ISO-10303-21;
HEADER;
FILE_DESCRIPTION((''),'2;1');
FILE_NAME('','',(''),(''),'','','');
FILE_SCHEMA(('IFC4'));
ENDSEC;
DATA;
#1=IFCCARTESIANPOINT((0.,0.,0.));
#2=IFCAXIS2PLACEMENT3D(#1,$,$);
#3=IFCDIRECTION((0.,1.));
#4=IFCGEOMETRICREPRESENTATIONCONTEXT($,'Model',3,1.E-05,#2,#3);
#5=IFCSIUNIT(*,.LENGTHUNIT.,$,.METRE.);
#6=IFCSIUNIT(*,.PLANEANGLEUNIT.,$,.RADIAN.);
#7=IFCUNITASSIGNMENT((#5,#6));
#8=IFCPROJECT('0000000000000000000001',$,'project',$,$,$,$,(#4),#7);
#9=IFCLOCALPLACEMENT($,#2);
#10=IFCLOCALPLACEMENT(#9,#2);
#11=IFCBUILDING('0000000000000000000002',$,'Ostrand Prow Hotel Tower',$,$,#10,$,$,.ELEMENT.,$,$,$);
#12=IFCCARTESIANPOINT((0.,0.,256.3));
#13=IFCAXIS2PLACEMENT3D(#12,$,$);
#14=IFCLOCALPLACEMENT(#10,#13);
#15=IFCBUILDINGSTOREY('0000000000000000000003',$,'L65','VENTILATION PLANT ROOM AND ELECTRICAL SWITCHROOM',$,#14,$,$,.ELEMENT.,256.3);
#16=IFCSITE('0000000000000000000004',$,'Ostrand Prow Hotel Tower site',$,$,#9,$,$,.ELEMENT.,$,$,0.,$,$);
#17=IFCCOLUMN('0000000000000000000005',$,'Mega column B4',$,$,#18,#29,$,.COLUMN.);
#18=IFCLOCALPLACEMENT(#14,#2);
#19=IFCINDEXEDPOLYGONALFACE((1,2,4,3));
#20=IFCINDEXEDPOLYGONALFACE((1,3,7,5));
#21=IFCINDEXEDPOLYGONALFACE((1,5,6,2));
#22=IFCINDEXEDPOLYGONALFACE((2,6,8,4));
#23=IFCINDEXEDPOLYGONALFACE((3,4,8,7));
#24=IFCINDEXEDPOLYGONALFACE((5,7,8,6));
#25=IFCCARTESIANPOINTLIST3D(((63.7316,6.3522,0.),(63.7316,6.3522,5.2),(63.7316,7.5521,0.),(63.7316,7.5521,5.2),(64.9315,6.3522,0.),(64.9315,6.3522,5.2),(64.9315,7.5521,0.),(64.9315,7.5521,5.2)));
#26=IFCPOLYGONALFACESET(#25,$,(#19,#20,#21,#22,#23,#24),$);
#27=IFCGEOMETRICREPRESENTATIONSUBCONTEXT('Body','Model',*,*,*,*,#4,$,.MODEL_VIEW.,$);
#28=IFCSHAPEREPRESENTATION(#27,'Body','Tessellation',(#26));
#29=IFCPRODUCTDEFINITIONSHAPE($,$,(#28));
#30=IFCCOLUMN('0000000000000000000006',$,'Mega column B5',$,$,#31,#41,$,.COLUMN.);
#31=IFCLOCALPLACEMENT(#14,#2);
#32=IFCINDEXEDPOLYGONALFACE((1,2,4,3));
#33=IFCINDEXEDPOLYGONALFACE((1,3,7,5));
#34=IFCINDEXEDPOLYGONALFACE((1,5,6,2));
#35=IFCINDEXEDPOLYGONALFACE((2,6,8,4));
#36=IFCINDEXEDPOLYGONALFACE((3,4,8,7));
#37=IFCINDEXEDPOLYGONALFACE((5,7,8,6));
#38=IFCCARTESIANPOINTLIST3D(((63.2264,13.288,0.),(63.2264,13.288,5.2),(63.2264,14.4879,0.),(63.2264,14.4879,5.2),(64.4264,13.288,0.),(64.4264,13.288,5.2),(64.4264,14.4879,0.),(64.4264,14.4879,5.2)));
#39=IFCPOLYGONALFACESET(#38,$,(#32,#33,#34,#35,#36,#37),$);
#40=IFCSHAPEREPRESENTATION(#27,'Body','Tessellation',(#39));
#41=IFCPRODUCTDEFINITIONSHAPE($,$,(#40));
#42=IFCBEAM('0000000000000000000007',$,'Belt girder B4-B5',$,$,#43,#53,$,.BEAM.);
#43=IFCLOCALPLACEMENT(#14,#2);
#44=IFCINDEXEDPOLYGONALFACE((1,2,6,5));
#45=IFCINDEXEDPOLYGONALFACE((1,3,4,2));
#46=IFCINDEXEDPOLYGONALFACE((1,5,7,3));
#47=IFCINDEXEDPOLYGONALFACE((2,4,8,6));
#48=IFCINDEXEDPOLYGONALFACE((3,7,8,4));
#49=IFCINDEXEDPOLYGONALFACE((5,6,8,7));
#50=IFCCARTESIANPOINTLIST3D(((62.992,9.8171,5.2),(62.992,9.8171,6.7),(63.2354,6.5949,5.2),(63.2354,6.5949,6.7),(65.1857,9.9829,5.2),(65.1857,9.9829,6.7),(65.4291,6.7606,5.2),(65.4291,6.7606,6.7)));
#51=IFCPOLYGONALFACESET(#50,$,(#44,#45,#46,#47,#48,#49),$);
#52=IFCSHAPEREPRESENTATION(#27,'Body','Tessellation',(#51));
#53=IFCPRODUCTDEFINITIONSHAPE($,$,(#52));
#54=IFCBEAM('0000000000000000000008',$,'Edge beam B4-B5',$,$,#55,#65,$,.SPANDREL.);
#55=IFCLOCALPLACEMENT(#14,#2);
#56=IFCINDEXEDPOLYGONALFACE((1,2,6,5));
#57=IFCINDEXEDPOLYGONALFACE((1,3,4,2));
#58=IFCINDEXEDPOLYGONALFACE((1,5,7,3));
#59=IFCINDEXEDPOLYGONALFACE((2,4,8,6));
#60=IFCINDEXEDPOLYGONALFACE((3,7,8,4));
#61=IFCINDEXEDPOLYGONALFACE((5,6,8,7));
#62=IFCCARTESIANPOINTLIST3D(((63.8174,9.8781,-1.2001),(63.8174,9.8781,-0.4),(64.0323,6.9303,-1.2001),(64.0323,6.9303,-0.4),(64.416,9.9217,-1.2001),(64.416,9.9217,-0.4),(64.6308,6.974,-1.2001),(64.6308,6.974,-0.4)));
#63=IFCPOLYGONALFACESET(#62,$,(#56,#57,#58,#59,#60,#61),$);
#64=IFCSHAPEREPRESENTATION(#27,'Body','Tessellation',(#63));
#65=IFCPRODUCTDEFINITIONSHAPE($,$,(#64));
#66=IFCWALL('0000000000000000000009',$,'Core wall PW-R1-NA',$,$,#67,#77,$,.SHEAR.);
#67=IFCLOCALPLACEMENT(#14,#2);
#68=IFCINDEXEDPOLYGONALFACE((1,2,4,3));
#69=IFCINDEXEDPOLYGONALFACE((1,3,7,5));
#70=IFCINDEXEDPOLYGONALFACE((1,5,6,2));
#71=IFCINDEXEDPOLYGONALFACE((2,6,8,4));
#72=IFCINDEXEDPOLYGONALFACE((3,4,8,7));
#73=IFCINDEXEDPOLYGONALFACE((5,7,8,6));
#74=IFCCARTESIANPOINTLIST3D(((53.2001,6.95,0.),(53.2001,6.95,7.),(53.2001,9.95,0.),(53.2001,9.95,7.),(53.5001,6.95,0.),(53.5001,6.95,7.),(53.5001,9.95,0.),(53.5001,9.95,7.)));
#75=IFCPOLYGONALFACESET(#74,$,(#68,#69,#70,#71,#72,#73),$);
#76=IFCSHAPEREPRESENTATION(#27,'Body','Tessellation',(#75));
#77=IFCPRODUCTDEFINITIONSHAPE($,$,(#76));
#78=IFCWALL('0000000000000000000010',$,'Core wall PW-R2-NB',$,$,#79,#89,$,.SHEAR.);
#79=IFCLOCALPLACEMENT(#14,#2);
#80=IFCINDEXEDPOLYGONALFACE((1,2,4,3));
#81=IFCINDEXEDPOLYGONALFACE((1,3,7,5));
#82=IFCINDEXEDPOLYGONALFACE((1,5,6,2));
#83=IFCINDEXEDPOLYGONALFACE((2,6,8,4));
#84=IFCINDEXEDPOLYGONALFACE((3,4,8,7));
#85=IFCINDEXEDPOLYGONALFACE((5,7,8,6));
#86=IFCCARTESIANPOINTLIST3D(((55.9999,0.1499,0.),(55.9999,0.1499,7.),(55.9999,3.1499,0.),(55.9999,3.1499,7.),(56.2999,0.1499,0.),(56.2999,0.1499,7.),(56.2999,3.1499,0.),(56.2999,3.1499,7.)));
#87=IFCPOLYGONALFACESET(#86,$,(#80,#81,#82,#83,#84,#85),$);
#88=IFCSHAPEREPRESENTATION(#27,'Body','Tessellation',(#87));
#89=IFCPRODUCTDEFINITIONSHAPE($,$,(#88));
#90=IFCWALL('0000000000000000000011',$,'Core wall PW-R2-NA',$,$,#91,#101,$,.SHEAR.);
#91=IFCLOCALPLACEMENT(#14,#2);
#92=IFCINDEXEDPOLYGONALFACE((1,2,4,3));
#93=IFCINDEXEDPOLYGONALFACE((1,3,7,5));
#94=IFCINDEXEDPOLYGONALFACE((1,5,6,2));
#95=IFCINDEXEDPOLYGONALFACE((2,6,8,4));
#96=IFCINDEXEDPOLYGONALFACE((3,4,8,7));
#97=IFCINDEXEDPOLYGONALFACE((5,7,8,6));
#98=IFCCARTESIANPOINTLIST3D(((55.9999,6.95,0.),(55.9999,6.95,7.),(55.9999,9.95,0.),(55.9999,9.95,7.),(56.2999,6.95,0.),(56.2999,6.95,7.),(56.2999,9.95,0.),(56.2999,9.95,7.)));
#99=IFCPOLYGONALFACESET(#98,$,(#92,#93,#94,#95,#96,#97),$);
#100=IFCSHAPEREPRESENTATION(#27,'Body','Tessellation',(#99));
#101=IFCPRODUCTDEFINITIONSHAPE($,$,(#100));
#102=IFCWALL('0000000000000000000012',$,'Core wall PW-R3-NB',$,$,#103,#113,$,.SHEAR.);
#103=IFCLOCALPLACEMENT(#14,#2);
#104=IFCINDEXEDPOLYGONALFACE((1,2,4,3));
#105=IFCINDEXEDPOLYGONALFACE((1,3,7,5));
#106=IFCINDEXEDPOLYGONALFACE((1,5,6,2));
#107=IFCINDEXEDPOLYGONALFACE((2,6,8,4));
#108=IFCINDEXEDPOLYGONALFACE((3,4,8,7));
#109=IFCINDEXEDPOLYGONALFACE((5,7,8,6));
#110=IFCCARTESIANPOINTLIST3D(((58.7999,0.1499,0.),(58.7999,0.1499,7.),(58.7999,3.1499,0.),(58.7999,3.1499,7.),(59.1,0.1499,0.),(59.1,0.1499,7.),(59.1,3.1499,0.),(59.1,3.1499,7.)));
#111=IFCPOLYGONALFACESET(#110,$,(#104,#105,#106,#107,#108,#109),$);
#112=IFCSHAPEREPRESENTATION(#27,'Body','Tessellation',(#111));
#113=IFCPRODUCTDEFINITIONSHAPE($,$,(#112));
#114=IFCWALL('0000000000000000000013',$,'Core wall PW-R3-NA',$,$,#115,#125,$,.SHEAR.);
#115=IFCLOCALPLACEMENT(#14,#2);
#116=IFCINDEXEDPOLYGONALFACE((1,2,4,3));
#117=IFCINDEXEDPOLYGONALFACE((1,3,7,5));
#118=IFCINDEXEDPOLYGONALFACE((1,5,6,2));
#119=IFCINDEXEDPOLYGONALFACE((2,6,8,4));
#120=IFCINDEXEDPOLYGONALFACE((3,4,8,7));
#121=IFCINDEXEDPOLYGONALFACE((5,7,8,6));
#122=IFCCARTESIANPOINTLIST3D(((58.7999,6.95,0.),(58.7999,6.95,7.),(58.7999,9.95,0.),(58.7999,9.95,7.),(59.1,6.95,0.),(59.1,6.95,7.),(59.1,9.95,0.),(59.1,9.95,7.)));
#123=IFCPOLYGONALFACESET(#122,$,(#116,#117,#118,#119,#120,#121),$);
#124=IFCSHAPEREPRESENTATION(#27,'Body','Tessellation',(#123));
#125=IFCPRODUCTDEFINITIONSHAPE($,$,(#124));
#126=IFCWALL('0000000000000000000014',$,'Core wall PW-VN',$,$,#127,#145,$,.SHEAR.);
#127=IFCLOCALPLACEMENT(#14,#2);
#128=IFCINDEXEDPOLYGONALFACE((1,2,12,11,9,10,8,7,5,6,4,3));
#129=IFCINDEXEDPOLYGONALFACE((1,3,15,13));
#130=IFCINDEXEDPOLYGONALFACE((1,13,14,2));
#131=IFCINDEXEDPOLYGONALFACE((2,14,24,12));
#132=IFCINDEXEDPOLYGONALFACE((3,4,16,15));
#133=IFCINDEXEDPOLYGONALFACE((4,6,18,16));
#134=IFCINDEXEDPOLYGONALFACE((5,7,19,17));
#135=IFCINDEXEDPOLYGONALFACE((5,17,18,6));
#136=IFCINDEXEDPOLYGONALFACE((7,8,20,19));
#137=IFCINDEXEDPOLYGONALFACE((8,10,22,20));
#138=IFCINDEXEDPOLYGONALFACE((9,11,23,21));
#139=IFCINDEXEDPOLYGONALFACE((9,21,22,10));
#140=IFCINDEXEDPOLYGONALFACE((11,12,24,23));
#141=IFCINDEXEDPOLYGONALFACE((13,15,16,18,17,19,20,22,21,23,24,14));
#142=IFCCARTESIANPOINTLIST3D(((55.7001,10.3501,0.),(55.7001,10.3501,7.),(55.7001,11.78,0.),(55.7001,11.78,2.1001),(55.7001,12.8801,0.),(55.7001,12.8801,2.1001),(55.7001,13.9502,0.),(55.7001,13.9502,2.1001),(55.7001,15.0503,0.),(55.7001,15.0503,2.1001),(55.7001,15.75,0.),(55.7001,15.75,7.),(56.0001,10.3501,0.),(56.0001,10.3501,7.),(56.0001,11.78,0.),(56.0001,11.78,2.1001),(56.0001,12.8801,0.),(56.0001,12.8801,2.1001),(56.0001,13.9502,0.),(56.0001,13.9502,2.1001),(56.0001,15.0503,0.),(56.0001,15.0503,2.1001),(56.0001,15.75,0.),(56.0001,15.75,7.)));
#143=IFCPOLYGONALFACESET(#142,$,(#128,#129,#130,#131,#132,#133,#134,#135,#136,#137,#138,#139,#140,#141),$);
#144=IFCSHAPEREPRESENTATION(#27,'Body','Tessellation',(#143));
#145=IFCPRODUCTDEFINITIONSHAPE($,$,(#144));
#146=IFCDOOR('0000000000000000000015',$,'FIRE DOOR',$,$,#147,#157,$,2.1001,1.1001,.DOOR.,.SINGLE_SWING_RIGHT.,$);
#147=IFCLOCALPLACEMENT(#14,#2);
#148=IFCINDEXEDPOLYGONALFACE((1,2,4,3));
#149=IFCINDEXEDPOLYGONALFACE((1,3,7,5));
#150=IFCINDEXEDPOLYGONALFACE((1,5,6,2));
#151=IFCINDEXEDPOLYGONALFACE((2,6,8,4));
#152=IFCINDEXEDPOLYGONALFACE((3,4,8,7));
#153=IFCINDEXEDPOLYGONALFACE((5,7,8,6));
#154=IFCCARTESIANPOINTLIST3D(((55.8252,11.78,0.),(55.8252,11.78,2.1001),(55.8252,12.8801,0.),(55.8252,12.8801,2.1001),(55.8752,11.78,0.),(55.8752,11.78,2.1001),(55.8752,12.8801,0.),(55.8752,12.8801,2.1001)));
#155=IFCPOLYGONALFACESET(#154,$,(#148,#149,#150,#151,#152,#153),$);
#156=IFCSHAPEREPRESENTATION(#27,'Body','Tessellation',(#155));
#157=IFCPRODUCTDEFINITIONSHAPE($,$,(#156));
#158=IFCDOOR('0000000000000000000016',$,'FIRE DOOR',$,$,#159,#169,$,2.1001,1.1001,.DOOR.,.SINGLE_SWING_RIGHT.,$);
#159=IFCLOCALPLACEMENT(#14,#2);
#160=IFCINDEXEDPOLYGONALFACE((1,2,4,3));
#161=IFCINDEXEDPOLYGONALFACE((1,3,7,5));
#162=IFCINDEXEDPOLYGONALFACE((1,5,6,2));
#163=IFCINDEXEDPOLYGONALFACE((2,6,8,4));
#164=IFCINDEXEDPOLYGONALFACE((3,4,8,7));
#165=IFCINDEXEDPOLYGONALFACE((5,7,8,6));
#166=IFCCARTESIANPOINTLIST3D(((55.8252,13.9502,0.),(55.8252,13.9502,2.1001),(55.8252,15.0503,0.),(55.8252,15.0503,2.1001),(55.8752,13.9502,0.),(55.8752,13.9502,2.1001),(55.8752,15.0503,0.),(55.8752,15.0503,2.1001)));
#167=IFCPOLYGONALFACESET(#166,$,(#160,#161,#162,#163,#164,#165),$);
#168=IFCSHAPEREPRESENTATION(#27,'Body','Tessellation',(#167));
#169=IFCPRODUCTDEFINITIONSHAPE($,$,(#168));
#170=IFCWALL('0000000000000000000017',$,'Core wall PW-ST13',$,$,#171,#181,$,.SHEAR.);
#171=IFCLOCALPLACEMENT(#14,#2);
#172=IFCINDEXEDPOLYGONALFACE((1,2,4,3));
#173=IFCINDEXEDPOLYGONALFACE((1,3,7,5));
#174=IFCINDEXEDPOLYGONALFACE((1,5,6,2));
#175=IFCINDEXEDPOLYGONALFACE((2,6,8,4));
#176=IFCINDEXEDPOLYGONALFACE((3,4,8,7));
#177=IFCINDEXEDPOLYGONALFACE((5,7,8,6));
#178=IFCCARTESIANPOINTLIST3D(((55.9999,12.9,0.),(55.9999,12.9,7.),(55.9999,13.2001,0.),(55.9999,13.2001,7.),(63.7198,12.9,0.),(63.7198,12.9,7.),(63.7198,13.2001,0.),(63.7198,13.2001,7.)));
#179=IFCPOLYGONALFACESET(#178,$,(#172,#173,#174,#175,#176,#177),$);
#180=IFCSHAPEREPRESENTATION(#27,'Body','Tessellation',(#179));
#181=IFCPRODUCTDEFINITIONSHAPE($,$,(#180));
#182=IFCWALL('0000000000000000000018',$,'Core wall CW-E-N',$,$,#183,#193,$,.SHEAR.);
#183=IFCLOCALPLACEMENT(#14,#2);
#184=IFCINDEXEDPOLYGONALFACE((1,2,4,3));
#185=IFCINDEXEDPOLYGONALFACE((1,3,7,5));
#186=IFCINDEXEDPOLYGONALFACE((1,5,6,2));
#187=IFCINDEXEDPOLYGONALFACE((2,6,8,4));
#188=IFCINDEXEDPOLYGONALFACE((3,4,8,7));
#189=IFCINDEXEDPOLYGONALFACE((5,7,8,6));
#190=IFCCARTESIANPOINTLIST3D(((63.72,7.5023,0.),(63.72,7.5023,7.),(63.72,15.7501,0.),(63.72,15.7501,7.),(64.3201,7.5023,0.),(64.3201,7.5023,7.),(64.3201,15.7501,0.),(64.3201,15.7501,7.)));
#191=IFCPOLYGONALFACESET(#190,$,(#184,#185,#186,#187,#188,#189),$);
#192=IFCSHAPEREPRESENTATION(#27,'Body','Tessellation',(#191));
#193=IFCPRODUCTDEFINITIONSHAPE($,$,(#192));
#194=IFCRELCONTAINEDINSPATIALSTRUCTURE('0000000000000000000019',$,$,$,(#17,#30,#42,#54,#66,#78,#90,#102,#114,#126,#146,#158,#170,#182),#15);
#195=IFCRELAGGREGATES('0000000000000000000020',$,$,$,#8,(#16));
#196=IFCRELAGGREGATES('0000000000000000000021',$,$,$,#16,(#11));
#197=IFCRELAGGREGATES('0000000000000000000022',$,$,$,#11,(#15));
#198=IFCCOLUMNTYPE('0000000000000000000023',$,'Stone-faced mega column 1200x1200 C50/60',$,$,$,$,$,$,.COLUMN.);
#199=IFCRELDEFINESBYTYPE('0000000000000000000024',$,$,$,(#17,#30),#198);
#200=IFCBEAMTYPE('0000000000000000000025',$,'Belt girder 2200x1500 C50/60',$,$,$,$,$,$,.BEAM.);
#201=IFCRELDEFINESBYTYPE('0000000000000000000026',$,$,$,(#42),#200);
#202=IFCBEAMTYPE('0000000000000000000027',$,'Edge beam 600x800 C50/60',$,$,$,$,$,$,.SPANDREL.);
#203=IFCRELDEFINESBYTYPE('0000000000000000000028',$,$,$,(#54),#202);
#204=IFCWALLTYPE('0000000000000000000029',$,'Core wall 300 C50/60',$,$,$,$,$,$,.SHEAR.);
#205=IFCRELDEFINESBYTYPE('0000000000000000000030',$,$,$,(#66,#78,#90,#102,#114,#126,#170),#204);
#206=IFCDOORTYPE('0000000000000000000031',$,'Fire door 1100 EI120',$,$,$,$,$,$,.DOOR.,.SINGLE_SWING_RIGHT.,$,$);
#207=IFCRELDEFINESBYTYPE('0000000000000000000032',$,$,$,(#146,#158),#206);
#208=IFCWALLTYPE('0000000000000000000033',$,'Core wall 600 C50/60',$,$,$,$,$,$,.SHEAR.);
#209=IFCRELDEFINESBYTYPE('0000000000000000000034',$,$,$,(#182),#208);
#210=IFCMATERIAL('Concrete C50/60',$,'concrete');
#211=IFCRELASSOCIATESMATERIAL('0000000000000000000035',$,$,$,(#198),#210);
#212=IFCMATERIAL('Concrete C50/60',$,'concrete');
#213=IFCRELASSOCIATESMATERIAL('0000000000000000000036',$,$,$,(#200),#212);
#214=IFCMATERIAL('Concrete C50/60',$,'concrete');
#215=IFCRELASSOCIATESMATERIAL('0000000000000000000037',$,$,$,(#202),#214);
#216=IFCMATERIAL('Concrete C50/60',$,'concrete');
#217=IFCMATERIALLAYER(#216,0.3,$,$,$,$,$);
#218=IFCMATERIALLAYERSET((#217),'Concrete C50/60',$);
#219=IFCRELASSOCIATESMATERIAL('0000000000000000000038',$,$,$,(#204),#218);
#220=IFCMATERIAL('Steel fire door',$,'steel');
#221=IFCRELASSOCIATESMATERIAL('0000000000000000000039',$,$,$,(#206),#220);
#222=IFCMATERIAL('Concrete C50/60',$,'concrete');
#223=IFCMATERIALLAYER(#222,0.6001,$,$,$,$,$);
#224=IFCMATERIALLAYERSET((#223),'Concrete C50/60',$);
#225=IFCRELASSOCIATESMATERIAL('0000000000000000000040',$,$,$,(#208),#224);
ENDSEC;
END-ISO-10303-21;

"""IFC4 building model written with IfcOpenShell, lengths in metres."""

from ifc_helpers import new_model, si_unit, direction, frame, frame_2d, origin, origin_2d, place, context, subcontext, project, spatial, rectangle, extrude, material, layer, layer_set, material_profile, profile_set, type_object, element, fill, save


model = new_model("IFC4")

# Units and contexts
model_context = context("Model", 3, precision=1e-05, world=origin(), true_north=direction((0.0, 1.0)))
body_context = subcontext(model_context, "Body", "Model", "MODEL_VIEW")
ifc_project = project(units=[si_unit("LENGTHUNIT", "METRE"), si_unit("PLANEANGLEUNIT", "RADIAN")], contexts=[model_context])

# Site, building, storey
site_placement = place(None, origin())
site = spatial("IfcSite", under=ifc_project, at=site_placement, Name="Ostrand Prow Hotel Tower site", CompositionType="ELEMENT", RefElevation=0.0)
building_placement = place(site_placement, origin())
building = spatial("IfcBuilding", under=site, at=building_placement, Name="Ostrand Prow Hotel Tower", CompositionType="ELEMENT")
storey_placement = place(building_placement, frame((0.0, 0.0, 256.3)))
storey = spatial("IfcBuildingStorey", under=building, at=storey_placement, Name="L65", Description="VENTILATION PLANT ROOM AND ELECTRICAL SWITCHROOM", CompositionType="ELEMENT", Elevation=256.3)

# Columns
ifc_material_1 = material(Name="Concrete C50/60", Category="concrete")
ifc_material_profile_1 = material_profile(ifc_material_1, rectangle(XDim=1.2, YDim=1.2, at=origin_2d()), Name="RC 1200x1200")
ifc_profile_set_1 = profile_set([ifc_material_profile_1], Name="Concrete C50/60")
column_type = type_object("IfcColumnType", Name="Stone-faced mega column 1200x1200 C50/60", PredefinedType="COLUMN", material=ifc_profile_set_1)
for number, where, z_axis, x_axis, name in (
    (1, (64.3315, 6.9521, 0.0), (0.0, 0.0, 1.0), (1.0, 0.0, 0.0), "Mega column B4"),
    (2, (63.8264, 13.8879, 0.0), (0.0, 0.0, 1.0), (1.0, 0.0, 0.0), "Mega column B5"),
):
    element("IfcColumn", number, at=place(storey_placement, frame(where, z_axis=z_axis, x_axis=x_axis)), inside=storey, type_object=column_type, Name=name, PredefinedType="COLUMN", context=body_context, shape_type="SweptSolid", body=[
        extrude(rectangle(XDim=1.2, YDim=1.2, at=origin_2d()), origin(), (0.0, 0.0, 1.0), 5.2),
    ])

# Beams
ifc_material_2 = material(Name="Concrete C50/60", Category="concrete")
ifc_material_profile_2 = material_profile(ifc_material_2, rectangle(XDim=2.2, YDim=1.5, at=origin_2d()), Name="RC 2200x1500")
ifc_profile_set_2 = profile_set([ifc_material_profile_2], Name="Concrete C50/60")
beam_type_1 = type_object("IfcBeamType", Name="Belt girder 2200x1500 C50/60", PredefinedType="BEAM", material=ifc_profile_set_2)
beam_1_placement = place(storey_placement, frame((64.3323, 6.6777, 5.95), z_axis=(-0.075327, 0.997159, 0.0), x_axis=(-0.997159, -0.075327, 0.0)))
element("IfcBeam", 3, at=beam_1_placement, inside=storey, type_object=beam_type_1, Name="Belt girder B4-B5", PredefinedType="BEAM", context=body_context, shape_type="SweptSolid", body=[
    extrude(rectangle(XDim=2.2, YDim=1.5, at=origin_2d()), origin(), (0.0, 0.0, 1.0), 3.2314),
])
ifc_material_3 = material(Name="Concrete C50/60", Category="concrete")
ifc_material_profile_3 = material_profile(ifc_material_3, rectangle(XDim=0.6001, YDim=0.8, at=origin_2d()), Name="RC 600x800")
ifc_profile_set_3 = profile_set([ifc_material_profile_3], Name="Concrete C50/60")
beam_type_2 = type_object("IfcBeamType", Name="Edge beam 600x800 C50/60", PredefinedType="SPANDREL", material=ifc_profile_set_3)
beam_2_placement = place(storey_placement, frame((64.3315, 6.9521, -0.8), z_axis=(-0.072691, 0.997355, 0.0), x_axis=(-0.997355, -0.072691, 0.0)))
element("IfcBeam", 4, at=beam_2_placement, inside=storey, type_object=beam_type_2, Name="Edge beam B4-B5", PredefinedType="SPANDREL", context=body_context, shape_type="SweptSolid", body=[
    extrude(rectangle(XDim=0.6001, YDim=0.8, at=origin_2d()), origin(), (0.0, 0.0, 1.0), 2.9556),
])

# Walls
ifc_material_4 = material(Name="Concrete C50/60", Category="concrete")
ifc_layer_1 = layer(ifc_material_4, 0.3)
ifc_layer_set_1 = layer_set([ifc_layer_1], Name="Concrete C50/60")
wall_type_1 = type_object("IfcWallType", Name="Core wall 300 C50/60", PredefinedType="SHEAR", material=ifc_layer_set_1)
for number, where, z_axis, x_axis, name in (
    (5, (53.3501, 6.95, 0.0), (0.0, 0.0, 1.0), (0.0, 1.0, 0.0), "Core wall PW-R1-NA"),
    (6, (56.1499, 0.1499, 0.0), (0.0, 0.0, 1.0), (0.0, 1.0, 0.0), "Core wall PW-R2-NB"),
    (7, (56.1499, 6.95, 0.0), (0.0, 0.0, 1.0), (0.0, 1.0, 0.0), "Core wall PW-R2-NA"),
    (8, (58.95, 0.1499, 0.0), (0.0, 0.0, 1.0), (0.0, 1.0, 0.0), "Core wall PW-R3-NB"),
    (9, (58.95, 6.95, 0.0), (0.0, 0.0, 1.0), (0.0, 1.0, 0.0), "Core wall PW-R3-NA"),
):
    element("IfcWall", number, at=place(storey_placement, frame(where, z_axis=z_axis, x_axis=x_axis)), inside=storey, type_object=wall_type_1, Name=name, PredefinedType="SHEAR", context=body_context, shape_type="SweptSolid", body=[
        extrude(rectangle(XDim=3.0, YDim=0.3, at=frame_2d((1.5, 0.0))), origin(), (0.0, 0.0, 1.0), 7.0),
    ])

# Wall, openings, doors
wall_1_placement = place(storey_placement, frame((55.8501, 10.3501, 0.0), z_axis=(0.0, 0.0, 1.0), x_axis=(0.0, 1.0, 0.0)))
wall_1 = element("IfcWall", 10, at=wall_1_placement, inside=storey, type_object=wall_type_1, Name="Core wall PW-VN", PredefinedType="SHEAR", context=body_context, shape_type="SweptSolid", body=[
    extrude(rectangle(XDim=5.3999, YDim=0.3, at=frame_2d((2.7, 0.0))), origin(), (0.0, 0.0, 1.0), 7.0),
])
opening_1_placement = place(wall_1_placement, frame((1.4299, 0.0, 0.0)))
opening_1 = element("IfcOpeningElement", 11, at=opening_1_placement, cuts=wall_1, PredefinedType="OPENING", context=body_context, shape_type="SweptSolid", body=[
    extrude(rectangle(XDim=1.1001, YDim=2.1001, at=frame_2d((0.55, 1.05))), frame((0.0, 0.1599, 0.0), z_axis=(0.0, -1.0, 0.0), x_axis=(1.0, 0.0, 0.0)), (0.0, 0.0, 1.0), 0.3201),
])
opening_2_placement = place(wall_1_placement, frame((3.6001, 0.0, 0.0)))
opening_2 = element("IfcOpeningElement", 12, at=opening_2_placement, cuts=wall_1, PredefinedType="OPENING", context=body_context, shape_type="SweptSolid", body=[
    extrude(rectangle(XDim=1.1001, YDim=2.1001, at=frame_2d((0.55, 1.05))), frame((0.0, 0.1599, 0.0), z_axis=(0.0, -1.0, 0.0), x_axis=(1.0, 0.0, 0.0)), (0.0, 0.0, 1.0), 0.3201),
])
ifc_material_5 = material(Name="Steel fire door", Category="steel")
door_type = type_object("IfcDoorType", Name="Fire door 1100 EI120", OperationType="SINGLE_SWING_RIGHT", PredefinedType="DOOR", material=ifc_material_5)
door_1_placement = place(opening_1_placement, origin())
door_1 = element("IfcDoor", 13, at=door_1_placement, inside=storey, type_object=door_type, Name="FIRE DOOR", OperationType="SINGLE_SWING_RIGHT", OverallHeight=2.1001, OverallWidth=1.1001, PredefinedType="DOOR", context=body_context, shape_type="SweptSolid", body=[
    extrude(rectangle(XDim=1.1001, YDim=2.1001, at=frame_2d((0.55, 1.05))), frame((0.0, 0.0249, 0.0), z_axis=(0.0, -1.0, 0.0), x_axis=(1.0, 0.0, 0.0)), (0.0, 0.0, 1.0), 0.05),
])
fill(opening_1, door_1)
door_2_placement = place(opening_2_placement, origin())
door_2 = element("IfcDoor", 14, at=door_2_placement, inside=storey, type_object=door_type, Name="FIRE DOOR", OperationType="SINGLE_SWING_RIGHT", OverallHeight=2.1001, OverallWidth=1.1001, PredefinedType="DOOR", context=body_context, shape_type="SweptSolid", body=[
    extrude(rectangle(XDim=1.1001, YDim=2.1001, at=frame_2d((0.55, 1.05))), frame((0.0, 0.0249, 0.0), z_axis=(0.0, -1.0, 0.0), x_axis=(1.0, 0.0, 0.0)), (0.0, 0.0, 1.0), 0.05),
])
fill(opening_2, door_2)

# Walls
wall_2_placement = place(storey_placement, frame((56.0, 13.05, 0.0), z_axis=(0.0, 0.0, 1.0), x_axis=(1.0, 0.0, 0.0)))
element("IfcWall", 15, at=wall_2_placement, inside=storey, type_object=wall_type_1, Name="Core wall PW-ST13", PredefinedType="SHEAR", context=body_context, shape_type="SweptSolid", body=[
    extrude(rectangle(XDim=7.72, YDim=0.3, at=frame_2d((3.8599, 0.0))), origin(), (0.0, 0.0, 1.0), 7.0),
])
ifc_material_6 = material(Name="Concrete C50/60", Category="concrete")
ifc_layer_2 = layer(ifc_material_6, 0.6001)
ifc_layer_set_2 = layer_set([ifc_layer_2], Name="Concrete C50/60")
wall_type_2 = type_object("IfcWallType", Name="Core wall 600 C50/60", PredefinedType="SHEAR", material=ifc_layer_set_2)
wall_3_placement = place(storey_placement, frame((64.02, 7.5022, 0.0), z_axis=(0.0, 0.0, 1.0), x_axis=(0.0, 1.0, 0.0)))
element("IfcWall", 16, at=wall_3_placement, inside=storey, type_object=wall_type_2, Name="Core wall CW-E-N", PredefinedType="SHEAR", context=body_context, shape_type="SweptSolid", body=[
    extrude(rectangle(XDim=8.2478, YDim=0.6001, at=frame_2d((4.124, 0.0))), origin(), (0.0, 0.0, 1.0), 7.0),
])

save(model, "model.ifc")
